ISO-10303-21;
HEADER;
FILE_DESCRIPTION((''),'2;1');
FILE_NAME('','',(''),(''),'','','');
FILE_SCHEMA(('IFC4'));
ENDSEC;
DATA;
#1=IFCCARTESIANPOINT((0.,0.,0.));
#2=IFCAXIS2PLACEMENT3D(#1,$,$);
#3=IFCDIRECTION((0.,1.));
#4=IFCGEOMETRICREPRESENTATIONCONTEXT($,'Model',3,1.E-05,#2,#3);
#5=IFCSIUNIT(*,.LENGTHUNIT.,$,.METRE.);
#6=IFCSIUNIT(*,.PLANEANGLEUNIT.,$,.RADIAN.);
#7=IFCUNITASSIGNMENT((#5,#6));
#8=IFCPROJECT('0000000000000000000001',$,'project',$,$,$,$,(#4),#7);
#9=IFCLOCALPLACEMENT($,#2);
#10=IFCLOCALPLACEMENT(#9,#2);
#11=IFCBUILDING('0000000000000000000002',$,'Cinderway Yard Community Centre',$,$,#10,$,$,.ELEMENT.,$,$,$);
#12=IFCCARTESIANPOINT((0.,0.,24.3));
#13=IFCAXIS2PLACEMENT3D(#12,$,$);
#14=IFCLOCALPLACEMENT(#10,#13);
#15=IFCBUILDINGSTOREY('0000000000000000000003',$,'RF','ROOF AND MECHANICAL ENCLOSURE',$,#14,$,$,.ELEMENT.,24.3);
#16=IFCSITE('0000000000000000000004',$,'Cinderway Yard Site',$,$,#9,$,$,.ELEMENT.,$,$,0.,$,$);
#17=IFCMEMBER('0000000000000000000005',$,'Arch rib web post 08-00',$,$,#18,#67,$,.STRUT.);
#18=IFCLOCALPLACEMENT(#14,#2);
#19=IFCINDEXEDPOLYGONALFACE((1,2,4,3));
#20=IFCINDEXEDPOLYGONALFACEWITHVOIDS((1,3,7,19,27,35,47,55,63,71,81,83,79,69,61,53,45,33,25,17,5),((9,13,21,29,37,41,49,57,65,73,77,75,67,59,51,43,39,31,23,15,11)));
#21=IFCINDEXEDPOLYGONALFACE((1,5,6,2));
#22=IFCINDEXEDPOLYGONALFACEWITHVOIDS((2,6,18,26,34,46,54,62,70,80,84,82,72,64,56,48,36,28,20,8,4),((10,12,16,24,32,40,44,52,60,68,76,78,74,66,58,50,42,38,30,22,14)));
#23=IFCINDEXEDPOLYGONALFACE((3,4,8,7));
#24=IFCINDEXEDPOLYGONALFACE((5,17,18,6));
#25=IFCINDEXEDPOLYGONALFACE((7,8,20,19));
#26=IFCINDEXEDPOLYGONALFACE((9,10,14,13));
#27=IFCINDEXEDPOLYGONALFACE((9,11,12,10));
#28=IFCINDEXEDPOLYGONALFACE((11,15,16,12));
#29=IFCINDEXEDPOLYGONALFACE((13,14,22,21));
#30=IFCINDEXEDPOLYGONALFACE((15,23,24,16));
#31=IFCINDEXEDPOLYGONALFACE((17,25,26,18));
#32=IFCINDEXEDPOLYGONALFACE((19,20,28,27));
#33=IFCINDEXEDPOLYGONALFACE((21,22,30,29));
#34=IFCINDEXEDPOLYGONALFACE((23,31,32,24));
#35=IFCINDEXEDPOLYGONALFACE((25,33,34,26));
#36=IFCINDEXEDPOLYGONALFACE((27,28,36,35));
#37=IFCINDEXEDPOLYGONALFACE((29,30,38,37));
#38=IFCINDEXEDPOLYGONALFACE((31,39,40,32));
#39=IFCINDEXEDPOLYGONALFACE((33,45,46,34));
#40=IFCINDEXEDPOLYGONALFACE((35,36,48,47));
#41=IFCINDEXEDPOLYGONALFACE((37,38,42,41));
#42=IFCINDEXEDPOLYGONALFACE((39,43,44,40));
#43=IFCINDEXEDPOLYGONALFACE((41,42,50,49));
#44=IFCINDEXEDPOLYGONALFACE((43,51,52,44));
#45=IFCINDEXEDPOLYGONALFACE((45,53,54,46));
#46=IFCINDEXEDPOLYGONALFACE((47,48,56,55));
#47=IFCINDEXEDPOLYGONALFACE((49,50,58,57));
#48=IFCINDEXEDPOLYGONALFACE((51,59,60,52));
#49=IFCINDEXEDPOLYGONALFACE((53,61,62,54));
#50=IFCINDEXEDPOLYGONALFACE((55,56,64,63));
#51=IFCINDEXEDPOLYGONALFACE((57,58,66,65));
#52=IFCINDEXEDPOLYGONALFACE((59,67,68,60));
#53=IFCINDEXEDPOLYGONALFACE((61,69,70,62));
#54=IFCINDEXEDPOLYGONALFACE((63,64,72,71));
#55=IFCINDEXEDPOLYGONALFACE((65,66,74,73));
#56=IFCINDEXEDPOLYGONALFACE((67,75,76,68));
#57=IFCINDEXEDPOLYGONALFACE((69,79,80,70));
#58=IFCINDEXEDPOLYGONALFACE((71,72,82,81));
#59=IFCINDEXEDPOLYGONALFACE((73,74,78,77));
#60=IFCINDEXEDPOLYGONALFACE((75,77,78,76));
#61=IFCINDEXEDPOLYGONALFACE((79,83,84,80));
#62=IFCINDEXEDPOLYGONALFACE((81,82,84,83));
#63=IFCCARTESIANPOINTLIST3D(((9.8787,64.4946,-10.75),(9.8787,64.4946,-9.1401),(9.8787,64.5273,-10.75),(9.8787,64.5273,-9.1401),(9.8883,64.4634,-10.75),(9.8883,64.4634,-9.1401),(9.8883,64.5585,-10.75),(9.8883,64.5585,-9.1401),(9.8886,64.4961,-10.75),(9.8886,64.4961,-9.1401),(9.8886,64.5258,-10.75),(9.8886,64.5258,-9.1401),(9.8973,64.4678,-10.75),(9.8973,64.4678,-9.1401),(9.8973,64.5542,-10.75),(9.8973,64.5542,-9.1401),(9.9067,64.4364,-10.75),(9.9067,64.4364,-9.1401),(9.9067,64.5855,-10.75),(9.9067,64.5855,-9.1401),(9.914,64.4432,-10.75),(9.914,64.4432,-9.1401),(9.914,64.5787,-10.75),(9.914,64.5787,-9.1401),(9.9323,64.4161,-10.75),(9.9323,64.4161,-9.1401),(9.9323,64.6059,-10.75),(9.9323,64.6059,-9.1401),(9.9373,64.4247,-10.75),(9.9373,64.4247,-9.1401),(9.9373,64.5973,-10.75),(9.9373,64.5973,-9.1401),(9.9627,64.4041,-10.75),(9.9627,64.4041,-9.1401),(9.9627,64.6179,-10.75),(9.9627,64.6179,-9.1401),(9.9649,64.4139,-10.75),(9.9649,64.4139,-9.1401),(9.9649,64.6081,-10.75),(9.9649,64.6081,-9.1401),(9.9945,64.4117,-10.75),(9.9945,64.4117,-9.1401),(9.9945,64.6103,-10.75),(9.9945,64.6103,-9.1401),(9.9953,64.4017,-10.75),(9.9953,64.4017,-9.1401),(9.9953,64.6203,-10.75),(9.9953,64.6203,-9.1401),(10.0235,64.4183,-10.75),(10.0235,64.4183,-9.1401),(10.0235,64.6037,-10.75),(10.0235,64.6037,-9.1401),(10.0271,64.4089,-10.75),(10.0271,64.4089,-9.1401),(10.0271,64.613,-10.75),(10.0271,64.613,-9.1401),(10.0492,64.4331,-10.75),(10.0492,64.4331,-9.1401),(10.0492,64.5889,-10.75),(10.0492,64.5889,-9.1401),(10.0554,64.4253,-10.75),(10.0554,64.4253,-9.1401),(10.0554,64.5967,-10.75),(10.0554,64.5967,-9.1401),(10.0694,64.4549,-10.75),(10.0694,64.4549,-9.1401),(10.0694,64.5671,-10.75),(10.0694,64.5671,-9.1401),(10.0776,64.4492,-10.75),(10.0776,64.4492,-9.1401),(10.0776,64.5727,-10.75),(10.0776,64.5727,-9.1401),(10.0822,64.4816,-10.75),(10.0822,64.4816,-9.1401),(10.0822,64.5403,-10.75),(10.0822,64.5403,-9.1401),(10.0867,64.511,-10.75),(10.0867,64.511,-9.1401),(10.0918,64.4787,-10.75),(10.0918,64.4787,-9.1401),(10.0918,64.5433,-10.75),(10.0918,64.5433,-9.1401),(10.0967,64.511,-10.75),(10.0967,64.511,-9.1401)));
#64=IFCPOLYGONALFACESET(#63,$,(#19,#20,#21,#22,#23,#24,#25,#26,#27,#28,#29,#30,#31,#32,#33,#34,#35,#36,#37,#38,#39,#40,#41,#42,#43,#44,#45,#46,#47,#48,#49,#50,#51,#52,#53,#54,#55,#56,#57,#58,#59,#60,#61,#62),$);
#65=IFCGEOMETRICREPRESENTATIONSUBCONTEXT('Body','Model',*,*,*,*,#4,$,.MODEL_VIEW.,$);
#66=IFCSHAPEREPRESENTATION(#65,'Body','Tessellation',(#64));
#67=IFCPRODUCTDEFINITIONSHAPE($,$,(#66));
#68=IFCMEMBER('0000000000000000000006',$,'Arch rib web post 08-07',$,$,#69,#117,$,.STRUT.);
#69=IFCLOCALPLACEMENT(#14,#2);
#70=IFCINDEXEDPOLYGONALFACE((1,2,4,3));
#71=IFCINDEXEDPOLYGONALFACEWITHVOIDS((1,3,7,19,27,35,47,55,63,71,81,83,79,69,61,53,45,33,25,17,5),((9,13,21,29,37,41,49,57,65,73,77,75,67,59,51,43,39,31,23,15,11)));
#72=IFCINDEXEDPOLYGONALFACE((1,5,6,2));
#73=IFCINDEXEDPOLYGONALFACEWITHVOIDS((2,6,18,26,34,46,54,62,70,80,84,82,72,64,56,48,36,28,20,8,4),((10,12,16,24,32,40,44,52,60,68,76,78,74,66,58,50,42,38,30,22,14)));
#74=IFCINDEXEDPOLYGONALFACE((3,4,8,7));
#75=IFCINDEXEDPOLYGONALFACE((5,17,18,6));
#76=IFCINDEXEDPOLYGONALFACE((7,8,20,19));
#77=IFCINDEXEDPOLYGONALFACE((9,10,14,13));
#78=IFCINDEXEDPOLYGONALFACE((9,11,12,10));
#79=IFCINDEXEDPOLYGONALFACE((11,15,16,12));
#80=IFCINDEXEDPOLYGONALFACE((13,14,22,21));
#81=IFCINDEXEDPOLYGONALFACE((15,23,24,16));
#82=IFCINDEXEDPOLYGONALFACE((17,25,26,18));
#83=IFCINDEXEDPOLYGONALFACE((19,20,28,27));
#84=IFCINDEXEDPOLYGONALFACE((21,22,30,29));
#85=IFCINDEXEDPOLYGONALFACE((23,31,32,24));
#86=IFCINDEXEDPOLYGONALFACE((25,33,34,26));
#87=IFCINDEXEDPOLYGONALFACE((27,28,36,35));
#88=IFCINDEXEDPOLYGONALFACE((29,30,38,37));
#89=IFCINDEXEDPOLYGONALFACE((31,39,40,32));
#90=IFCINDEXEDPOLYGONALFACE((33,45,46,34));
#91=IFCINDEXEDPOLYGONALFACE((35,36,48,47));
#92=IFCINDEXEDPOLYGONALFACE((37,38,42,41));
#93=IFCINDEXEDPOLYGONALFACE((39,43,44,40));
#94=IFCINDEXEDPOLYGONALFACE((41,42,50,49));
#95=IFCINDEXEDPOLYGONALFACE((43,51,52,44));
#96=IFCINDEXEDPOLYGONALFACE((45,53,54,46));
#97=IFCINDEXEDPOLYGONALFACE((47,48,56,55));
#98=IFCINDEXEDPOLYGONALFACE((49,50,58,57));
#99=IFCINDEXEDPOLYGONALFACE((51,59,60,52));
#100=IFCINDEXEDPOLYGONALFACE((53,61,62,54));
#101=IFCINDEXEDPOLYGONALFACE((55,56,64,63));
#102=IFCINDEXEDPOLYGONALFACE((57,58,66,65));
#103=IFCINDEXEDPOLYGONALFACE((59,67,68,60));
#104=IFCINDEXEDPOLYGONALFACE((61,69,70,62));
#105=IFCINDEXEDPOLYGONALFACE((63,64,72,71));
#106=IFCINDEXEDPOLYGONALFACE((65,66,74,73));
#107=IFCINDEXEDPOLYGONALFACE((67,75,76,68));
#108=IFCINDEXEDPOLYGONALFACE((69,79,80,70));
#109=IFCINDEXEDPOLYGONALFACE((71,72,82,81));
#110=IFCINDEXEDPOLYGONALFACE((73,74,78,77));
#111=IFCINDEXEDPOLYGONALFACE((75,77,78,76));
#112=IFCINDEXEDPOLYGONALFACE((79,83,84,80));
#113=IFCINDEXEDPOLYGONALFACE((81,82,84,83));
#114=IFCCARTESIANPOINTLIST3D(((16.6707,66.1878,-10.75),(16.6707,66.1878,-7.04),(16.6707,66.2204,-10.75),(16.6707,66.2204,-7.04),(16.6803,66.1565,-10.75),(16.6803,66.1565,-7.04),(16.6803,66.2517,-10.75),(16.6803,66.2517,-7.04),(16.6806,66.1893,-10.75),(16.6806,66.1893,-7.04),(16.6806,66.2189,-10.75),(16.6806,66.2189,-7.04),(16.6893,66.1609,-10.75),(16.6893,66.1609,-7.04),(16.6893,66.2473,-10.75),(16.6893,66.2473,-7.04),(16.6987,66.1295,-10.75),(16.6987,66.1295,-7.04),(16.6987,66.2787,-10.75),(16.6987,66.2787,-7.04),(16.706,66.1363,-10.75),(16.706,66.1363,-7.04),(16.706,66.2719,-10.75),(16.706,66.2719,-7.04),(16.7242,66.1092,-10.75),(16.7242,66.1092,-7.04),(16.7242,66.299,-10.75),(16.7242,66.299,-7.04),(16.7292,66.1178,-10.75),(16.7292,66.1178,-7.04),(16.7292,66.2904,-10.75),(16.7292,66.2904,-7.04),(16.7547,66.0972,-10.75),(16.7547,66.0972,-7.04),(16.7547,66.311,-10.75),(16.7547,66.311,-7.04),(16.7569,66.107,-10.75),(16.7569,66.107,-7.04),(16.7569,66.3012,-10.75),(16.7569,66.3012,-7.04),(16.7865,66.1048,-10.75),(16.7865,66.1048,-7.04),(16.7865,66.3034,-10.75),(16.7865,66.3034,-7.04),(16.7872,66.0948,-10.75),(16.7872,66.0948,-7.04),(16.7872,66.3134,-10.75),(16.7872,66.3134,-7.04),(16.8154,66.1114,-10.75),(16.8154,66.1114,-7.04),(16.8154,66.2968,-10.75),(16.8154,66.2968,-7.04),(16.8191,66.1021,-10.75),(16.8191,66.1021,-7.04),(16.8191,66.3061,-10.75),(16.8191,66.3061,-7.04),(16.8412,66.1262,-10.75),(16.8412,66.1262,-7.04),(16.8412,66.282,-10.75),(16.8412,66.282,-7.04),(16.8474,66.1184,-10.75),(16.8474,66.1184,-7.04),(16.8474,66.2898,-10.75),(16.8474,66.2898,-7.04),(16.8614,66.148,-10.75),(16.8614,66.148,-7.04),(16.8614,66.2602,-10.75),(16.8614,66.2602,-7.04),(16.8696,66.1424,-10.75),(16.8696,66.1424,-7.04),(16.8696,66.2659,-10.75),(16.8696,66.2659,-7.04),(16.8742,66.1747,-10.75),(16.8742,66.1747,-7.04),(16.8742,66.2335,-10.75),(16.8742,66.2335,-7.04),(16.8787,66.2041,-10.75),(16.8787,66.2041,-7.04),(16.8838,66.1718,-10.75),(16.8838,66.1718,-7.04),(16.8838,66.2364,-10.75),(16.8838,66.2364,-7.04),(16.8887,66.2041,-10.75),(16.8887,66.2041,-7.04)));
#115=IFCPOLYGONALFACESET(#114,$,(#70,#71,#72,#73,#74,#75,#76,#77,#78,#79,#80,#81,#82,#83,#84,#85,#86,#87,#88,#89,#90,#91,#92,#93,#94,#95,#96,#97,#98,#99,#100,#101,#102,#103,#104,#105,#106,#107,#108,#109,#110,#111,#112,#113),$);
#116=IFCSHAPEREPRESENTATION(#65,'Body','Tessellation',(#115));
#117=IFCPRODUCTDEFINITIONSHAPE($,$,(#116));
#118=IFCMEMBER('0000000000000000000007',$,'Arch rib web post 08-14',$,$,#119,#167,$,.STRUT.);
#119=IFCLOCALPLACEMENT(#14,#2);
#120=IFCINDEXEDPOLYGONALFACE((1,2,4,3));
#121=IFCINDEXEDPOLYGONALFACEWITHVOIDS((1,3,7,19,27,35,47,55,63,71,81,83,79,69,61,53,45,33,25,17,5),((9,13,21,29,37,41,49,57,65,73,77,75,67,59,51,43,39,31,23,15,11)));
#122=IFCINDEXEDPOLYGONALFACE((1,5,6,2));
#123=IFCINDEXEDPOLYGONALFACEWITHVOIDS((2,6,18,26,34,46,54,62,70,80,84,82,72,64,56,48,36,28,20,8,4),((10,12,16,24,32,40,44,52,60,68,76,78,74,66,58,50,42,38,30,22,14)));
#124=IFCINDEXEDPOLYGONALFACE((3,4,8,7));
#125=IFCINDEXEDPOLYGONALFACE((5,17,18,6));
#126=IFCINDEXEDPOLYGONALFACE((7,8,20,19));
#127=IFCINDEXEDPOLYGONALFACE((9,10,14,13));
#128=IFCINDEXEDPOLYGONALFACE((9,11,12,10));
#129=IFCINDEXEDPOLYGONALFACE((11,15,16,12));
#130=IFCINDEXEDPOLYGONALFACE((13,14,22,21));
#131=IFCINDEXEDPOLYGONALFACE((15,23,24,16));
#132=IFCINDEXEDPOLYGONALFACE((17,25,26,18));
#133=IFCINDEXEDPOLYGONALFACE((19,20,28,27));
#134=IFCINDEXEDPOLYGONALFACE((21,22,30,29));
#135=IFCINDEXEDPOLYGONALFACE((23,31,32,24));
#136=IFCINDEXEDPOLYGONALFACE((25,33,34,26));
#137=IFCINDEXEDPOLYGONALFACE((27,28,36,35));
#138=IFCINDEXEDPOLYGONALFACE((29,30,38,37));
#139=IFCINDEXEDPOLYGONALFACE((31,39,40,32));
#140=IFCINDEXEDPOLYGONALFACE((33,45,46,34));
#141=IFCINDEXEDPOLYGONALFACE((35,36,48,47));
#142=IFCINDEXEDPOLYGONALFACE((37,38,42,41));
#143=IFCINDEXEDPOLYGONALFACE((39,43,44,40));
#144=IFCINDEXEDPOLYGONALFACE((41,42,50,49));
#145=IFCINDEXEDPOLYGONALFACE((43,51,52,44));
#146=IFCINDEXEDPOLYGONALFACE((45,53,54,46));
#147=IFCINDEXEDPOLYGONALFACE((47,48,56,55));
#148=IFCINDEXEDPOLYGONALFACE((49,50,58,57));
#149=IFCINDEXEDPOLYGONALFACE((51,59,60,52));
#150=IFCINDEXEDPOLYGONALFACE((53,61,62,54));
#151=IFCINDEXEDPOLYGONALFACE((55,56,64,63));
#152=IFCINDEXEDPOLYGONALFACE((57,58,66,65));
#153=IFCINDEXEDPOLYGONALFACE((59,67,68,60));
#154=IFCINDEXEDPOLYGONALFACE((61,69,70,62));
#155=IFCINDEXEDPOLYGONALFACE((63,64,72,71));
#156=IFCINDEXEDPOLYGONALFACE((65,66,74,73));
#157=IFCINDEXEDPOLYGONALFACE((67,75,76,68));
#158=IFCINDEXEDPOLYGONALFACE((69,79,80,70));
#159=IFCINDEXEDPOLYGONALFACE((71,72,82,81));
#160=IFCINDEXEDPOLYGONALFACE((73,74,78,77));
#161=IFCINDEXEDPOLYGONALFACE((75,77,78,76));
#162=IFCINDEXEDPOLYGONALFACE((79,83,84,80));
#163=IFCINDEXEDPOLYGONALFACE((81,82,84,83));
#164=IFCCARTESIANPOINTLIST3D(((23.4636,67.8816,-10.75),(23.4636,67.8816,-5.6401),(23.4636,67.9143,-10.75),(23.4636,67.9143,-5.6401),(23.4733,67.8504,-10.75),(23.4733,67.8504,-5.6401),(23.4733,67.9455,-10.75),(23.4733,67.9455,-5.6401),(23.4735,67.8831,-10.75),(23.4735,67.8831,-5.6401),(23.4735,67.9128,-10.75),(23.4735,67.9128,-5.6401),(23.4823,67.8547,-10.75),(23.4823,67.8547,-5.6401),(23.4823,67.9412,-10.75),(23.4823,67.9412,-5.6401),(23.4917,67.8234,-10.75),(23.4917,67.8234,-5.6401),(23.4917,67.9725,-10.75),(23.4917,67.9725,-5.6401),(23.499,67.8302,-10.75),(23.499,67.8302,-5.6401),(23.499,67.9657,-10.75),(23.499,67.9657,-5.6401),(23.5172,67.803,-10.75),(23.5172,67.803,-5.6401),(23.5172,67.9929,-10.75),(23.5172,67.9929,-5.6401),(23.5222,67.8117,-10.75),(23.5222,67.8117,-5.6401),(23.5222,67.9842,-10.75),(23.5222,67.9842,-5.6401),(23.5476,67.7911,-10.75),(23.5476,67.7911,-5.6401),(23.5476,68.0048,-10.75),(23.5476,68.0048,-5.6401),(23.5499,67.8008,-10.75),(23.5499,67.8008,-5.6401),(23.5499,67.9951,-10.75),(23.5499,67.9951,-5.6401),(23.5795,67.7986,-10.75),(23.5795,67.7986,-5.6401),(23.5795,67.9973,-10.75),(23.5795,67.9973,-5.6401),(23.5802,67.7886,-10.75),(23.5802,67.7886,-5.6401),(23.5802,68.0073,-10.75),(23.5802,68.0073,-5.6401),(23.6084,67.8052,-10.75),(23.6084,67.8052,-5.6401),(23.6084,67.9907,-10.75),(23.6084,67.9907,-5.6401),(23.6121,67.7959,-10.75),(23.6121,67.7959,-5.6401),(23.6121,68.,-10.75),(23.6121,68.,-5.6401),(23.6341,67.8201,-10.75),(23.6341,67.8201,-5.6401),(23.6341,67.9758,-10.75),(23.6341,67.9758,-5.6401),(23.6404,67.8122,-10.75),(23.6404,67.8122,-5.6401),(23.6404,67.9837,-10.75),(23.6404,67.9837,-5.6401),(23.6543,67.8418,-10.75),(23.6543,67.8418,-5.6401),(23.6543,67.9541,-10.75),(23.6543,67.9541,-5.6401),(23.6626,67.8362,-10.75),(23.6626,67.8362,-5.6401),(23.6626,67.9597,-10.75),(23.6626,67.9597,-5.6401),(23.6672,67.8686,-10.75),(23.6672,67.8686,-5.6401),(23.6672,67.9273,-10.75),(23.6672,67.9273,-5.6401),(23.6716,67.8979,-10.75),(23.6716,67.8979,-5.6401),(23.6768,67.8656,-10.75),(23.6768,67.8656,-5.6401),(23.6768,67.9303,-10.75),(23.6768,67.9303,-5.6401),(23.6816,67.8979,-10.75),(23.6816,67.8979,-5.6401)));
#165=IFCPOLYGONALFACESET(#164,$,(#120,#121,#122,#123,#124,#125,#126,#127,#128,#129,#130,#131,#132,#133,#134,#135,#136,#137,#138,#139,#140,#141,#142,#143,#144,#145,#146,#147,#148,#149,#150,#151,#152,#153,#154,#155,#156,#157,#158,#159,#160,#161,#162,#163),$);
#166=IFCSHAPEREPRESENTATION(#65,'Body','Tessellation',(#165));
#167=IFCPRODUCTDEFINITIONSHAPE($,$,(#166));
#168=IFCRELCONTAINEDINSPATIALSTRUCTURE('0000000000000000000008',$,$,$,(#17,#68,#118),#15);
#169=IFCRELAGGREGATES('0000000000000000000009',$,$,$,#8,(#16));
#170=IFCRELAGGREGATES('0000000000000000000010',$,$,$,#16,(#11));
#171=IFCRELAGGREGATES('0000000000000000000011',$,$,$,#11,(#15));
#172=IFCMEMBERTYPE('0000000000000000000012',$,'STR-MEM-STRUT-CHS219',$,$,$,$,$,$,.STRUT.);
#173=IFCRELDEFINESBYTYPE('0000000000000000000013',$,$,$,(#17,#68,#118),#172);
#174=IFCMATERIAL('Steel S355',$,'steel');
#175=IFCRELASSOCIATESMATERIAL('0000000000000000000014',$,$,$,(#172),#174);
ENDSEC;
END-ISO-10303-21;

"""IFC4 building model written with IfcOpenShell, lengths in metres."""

from ifc_helpers import new_model, si_unit, direction, frame, origin, origin_2d, place, context, subcontext, project, spatial, hollow_circle, extrude, material, material_profile, profile_set, type_object, element, save


model = new_model("IFC4")

# Units and contexts
model_context = context("Model", 3, precision=1e-05, world=origin(), true_north=direction((0.0, 1.0)))
body_context = subcontext(model_context, "Body", "Model", "MODEL_VIEW")
ifc_project = project(units=[si_unit("LENGTHUNIT", "METRE"), si_unit("PLANEANGLEUNIT", "RADIAN")], contexts=[model_context])

# Site, building, storey
site_placement = place(None, origin())
site = spatial("IfcSite", under=ifc_project, at=site_placement, Name="Cinderway Yard Site", CompositionType="ELEMENT", RefElevation=0.0)
building_placement = place(site_placement, origin())
building = spatial("IfcBuilding", under=site, at=building_placement, Name="Cinderway Yard Community Centre", CompositionType="ELEMENT")
storey_placement = place(building_placement, frame((0.0, 0.0, 24.3)))
storey = spatial("IfcBuildingStorey", under=building, at=storey_placement, Name="RF", Description="ROOF AND MECHANICAL ENCLOSURE", CompositionType="ELEMENT", Elevation=24.3)

# Shared definitions
ifc_material_1 = material(Name="Steel S355", Category="steel")

# Members
ifc_material_profile_1 = material_profile(ifc_material_1, hollow_circle(Radius=0.1096, WallThickness=0.01, at=origin_2d()), Name="Steel S355")
ifc_profile_set_1 = profile_set([ifc_material_profile_1], Name="Steel S355")
member_type = type_object("IfcMemberType", Name="STR-MEM-STRUT-CHS219", PredefinedType="STRUT", material=ifc_profile_set_1)
member_1_placement = place(storey_placement, frame((9.9871, 64.511, -10.75), z_axis=(0.0, 0.0, 1.0), x_axis=(1.0, 0.0, 0.0)))
element("IfcMember", 1, at=member_1_placement, inside=storey, type_object=member_type, Name="Arch rib web post 08-00", PredefinedType="STRUT", context=body_context, shape_type="SweptSolid", body=[
    extrude(hollow_circle(Radius=0.1096, WallThickness=0.01, at=origin_2d()), origin(), (0.0, 0.0, 1.0), 1.6099),
])
member_2_placement = place(storey_placement, frame((16.7791, 66.2041, -10.75), z_axis=(0.0, 0.0, 1.0), x_axis=(1.0, 0.0, 0.0)))
element("IfcMember", 2, at=member_2_placement, inside=storey, type_object=member_type, Name="Arch rib web post 08-07", PredefinedType="STRUT", context=body_context, shape_type="SweptSolid", body=[
    extrude(hollow_circle(Radius=0.1096, WallThickness=0.01, at=origin_2d()), origin(), (0.0, 0.0, 1.0), 3.71),
])
member_3_placement = place(storey_placement, frame((23.572, 67.8979, -10.75), z_axis=(0.0, 0.0, 1.0), x_axis=(1.0, 0.0, 0.0)))
element("IfcMember", 3, at=member_3_placement, inside=storey, type_object=member_type, Name="Arch rib web post 08-14", PredefinedType="STRUT", context=body_context, shape_type="SweptSolid", body=[
    extrude(hollow_circle(Radius=0.1096, WallThickness=0.01, at=origin_2d()), origin(), (0.0, 0.0, 1.0), 5.1099),
])

save(model, "model.ifc")
